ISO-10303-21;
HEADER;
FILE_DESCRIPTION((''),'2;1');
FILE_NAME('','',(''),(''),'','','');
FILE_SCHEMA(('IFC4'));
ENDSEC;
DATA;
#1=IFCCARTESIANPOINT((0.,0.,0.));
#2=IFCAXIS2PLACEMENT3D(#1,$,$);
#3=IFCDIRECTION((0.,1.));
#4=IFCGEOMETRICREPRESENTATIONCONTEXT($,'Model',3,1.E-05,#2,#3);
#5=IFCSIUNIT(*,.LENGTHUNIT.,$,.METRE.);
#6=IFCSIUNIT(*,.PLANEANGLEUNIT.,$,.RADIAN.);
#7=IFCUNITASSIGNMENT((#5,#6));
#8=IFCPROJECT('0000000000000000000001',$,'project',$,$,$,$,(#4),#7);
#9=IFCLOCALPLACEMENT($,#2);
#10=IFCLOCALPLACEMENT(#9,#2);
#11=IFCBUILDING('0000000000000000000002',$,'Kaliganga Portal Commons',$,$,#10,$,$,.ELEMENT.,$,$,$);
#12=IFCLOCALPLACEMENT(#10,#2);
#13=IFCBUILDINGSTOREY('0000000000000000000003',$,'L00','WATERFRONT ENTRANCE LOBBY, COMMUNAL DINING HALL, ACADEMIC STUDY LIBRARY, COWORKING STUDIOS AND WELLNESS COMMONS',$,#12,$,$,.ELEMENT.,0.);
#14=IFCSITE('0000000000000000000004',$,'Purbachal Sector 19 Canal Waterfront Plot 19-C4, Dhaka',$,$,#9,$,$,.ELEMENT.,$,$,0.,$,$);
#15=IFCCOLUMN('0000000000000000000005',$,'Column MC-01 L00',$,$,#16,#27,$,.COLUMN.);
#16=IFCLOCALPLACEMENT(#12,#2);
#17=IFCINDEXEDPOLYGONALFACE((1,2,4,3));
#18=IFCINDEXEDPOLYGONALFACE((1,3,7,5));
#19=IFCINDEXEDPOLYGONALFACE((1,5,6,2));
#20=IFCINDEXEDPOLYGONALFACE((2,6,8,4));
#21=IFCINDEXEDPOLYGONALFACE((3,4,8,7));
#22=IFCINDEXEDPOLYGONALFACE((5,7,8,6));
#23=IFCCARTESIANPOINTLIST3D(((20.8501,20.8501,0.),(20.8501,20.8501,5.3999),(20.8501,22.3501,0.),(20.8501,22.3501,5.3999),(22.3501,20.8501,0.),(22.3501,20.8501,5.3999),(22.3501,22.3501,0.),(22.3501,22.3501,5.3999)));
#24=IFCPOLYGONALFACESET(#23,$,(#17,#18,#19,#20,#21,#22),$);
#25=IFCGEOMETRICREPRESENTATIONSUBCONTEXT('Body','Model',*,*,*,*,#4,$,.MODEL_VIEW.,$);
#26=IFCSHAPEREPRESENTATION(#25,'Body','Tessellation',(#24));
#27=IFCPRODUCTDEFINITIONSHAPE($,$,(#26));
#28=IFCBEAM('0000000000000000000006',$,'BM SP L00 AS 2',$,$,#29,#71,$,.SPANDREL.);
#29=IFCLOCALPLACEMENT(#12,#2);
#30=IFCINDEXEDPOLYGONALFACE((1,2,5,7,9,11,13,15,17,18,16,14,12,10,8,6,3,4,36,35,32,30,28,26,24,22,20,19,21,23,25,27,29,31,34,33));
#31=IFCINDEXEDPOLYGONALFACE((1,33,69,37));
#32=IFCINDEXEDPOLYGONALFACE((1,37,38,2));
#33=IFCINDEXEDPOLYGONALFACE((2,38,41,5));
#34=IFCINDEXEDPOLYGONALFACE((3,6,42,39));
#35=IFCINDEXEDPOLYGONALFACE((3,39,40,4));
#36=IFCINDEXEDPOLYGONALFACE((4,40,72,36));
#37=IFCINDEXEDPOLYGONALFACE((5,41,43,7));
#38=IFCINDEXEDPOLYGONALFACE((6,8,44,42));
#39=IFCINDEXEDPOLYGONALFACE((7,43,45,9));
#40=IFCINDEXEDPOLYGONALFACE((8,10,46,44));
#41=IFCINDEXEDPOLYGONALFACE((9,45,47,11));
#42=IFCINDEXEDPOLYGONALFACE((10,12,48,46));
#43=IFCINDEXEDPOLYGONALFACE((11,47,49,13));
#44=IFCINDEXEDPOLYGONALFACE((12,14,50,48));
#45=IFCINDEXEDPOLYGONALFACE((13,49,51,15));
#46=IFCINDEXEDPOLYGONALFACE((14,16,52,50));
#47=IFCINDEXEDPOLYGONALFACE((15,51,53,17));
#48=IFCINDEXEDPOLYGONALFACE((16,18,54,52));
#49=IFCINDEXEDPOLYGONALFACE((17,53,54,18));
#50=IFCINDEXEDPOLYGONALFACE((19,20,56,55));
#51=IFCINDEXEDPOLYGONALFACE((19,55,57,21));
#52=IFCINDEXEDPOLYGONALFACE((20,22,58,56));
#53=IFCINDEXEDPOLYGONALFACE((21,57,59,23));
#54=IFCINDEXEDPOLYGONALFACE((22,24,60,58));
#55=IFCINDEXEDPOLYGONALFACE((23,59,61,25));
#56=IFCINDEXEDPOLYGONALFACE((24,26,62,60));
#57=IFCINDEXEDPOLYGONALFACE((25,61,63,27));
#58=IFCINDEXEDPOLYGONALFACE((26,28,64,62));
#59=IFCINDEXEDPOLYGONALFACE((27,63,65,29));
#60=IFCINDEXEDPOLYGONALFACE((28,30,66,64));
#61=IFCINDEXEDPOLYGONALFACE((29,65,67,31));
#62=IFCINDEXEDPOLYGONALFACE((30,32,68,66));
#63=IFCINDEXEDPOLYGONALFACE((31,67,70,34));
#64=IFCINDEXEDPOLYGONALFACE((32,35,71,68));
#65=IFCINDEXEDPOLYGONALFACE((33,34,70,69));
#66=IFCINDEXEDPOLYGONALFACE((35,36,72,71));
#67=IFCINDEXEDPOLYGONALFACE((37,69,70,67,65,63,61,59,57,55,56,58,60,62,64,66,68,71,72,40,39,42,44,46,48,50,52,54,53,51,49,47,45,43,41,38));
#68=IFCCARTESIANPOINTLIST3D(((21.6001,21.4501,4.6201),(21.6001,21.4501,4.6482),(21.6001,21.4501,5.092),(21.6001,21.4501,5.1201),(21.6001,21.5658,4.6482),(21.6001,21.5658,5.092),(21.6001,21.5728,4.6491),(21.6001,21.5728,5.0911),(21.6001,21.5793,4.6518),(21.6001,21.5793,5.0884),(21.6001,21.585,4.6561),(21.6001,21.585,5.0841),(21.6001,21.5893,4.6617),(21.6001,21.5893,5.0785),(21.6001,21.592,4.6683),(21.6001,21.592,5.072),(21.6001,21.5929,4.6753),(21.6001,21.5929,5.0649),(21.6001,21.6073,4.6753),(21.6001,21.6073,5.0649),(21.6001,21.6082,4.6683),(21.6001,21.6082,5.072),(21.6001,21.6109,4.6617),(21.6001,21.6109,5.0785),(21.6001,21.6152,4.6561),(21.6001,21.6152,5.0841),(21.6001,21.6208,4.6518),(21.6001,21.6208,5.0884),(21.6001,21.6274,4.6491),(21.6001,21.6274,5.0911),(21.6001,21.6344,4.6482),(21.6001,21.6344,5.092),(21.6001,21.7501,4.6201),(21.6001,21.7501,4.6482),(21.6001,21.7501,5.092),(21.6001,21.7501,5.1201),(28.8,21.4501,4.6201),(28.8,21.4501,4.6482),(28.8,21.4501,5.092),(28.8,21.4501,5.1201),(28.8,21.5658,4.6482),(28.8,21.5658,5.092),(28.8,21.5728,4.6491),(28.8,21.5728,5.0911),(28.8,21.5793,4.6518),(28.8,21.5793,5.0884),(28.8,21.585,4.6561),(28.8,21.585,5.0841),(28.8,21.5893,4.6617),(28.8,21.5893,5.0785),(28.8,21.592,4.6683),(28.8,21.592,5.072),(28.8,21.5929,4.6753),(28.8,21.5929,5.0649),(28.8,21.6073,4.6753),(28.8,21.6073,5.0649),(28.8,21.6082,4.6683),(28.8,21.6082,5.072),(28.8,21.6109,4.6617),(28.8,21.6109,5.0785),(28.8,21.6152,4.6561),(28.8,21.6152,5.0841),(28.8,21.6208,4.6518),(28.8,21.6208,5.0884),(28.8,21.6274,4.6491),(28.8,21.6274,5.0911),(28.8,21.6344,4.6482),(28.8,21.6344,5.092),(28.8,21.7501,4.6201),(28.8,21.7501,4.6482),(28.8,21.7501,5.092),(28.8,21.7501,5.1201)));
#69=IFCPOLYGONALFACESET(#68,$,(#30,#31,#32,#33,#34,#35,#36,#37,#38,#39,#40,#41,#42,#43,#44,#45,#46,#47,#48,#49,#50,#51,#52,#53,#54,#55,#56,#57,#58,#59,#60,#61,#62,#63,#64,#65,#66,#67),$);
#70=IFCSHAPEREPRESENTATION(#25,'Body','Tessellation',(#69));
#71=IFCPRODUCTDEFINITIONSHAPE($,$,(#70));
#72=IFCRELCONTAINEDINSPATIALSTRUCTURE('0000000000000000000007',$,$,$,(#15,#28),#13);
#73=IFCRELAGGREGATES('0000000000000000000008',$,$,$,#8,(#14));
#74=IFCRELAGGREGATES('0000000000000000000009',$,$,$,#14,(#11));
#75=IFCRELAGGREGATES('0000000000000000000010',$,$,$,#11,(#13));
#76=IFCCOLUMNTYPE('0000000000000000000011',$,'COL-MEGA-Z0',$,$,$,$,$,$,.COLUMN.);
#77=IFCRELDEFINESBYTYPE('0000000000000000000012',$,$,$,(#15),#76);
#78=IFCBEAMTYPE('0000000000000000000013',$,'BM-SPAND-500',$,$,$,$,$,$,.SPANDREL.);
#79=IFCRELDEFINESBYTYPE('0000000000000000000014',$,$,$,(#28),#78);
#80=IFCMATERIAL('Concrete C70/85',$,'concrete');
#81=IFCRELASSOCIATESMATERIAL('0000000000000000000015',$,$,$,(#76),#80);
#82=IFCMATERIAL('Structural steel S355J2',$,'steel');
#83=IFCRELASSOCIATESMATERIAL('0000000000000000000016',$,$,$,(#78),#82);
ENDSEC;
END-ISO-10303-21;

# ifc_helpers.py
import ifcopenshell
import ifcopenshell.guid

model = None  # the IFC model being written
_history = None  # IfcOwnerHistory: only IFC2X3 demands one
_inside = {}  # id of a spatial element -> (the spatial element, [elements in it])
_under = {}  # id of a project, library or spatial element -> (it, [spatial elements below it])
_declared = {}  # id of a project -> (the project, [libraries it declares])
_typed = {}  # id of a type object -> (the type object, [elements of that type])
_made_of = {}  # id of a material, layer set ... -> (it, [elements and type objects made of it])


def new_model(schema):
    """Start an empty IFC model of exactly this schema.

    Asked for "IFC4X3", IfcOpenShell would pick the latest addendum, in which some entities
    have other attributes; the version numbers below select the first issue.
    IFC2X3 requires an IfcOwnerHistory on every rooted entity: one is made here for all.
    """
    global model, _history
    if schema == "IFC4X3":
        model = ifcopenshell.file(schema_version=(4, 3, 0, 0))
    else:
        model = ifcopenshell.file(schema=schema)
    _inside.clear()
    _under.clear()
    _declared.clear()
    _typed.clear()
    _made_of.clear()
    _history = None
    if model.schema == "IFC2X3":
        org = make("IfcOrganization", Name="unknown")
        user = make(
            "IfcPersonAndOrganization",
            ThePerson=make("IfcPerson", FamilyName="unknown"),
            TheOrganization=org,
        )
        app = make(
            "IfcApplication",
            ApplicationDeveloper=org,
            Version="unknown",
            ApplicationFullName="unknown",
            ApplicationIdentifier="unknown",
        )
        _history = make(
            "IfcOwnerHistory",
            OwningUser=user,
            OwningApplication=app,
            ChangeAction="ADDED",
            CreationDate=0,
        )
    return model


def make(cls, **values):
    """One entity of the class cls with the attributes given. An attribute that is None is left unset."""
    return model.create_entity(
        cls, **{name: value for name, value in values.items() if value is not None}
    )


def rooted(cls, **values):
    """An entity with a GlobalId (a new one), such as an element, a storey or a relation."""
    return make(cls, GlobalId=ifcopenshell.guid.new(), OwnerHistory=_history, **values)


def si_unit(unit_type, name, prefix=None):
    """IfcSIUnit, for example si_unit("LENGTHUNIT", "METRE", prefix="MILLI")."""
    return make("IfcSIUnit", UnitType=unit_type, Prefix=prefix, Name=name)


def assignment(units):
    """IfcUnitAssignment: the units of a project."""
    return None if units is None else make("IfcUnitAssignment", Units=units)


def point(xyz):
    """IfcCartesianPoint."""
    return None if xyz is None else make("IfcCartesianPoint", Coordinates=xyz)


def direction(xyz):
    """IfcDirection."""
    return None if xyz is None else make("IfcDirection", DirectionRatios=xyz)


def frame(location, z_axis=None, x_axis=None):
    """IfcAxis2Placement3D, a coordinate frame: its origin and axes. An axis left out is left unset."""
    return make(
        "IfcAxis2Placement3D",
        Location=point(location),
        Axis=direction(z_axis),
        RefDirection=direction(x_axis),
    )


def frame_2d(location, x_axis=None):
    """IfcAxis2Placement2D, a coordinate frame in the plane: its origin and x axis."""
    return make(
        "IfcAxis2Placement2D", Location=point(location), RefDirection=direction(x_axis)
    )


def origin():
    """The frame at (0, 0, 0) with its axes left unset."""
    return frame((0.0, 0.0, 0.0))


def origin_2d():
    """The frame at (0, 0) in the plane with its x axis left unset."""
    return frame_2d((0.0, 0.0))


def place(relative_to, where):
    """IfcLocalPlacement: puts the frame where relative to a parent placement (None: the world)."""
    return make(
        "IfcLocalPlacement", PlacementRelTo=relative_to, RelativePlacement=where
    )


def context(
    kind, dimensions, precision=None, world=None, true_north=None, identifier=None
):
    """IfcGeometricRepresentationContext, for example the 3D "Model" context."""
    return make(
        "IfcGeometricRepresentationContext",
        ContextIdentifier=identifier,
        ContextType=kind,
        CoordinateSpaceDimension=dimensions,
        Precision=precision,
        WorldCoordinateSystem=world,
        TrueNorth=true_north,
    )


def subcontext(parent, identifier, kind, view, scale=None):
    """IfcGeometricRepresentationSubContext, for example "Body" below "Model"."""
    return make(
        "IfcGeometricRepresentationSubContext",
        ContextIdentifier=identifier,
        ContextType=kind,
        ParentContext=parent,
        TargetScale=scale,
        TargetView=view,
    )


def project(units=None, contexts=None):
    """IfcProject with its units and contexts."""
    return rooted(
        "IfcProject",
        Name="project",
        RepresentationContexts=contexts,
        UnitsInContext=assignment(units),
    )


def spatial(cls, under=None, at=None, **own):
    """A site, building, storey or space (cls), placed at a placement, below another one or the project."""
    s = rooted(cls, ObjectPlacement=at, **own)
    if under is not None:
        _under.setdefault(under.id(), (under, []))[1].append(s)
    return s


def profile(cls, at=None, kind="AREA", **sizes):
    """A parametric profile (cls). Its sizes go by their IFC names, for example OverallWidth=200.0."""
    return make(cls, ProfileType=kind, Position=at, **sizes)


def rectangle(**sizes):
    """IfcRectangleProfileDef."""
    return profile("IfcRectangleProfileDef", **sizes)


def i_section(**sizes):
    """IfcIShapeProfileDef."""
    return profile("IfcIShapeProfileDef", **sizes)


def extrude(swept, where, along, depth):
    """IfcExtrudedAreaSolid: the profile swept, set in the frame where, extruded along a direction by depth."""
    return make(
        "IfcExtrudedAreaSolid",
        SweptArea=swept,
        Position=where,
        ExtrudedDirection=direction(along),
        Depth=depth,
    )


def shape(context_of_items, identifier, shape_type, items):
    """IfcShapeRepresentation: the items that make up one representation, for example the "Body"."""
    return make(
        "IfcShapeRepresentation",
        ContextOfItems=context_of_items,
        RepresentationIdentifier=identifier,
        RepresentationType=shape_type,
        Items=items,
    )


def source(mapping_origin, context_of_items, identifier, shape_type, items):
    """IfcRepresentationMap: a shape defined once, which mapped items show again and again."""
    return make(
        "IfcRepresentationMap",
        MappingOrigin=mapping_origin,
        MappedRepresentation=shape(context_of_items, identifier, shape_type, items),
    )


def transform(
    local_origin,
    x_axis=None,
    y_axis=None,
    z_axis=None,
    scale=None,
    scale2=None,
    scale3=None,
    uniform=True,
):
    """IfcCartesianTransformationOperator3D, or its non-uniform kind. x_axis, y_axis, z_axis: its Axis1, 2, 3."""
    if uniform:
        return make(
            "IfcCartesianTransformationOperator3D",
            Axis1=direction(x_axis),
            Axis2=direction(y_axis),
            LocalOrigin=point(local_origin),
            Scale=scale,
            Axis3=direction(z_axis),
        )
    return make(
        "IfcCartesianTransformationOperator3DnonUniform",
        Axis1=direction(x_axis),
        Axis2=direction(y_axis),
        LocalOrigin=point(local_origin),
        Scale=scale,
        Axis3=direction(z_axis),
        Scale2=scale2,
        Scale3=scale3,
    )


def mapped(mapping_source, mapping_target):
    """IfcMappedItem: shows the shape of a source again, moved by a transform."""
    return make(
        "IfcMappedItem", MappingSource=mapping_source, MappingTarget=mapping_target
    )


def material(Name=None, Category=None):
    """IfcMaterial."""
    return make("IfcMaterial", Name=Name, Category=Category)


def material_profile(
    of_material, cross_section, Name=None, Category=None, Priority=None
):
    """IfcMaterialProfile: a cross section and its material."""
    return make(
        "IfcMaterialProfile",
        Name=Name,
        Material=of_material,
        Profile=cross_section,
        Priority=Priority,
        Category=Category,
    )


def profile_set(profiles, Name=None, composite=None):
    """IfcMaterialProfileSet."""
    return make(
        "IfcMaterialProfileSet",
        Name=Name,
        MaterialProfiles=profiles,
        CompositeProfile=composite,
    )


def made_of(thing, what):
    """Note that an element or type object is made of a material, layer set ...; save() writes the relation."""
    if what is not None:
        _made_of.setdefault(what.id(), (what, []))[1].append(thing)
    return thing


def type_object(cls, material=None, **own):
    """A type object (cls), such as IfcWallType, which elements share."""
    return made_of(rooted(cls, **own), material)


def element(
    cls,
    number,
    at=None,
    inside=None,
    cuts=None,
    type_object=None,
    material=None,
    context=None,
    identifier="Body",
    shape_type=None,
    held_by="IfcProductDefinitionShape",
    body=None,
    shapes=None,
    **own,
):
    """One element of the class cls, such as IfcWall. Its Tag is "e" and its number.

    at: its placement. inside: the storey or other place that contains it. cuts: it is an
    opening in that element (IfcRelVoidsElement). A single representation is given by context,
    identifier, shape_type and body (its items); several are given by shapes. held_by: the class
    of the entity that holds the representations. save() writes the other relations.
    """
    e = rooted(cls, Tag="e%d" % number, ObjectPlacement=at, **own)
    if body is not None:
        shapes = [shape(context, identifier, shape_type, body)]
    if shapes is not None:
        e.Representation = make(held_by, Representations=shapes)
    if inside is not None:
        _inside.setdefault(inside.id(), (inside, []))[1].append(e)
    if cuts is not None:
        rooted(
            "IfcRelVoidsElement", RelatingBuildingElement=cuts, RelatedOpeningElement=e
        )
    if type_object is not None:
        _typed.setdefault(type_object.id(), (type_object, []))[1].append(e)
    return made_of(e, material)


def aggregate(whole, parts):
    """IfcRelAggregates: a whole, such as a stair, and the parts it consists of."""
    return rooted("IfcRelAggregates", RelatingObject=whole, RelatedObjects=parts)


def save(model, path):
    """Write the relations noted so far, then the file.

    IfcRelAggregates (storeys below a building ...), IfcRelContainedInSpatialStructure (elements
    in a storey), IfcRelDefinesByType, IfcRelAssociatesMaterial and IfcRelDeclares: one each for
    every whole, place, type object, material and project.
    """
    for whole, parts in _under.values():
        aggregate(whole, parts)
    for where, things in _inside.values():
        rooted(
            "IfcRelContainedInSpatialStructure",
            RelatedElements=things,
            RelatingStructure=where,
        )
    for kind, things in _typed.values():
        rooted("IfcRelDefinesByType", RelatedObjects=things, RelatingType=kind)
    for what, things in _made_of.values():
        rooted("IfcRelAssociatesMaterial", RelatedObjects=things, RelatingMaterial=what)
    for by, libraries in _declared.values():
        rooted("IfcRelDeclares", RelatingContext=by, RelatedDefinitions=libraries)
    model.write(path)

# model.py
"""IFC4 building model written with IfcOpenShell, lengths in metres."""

from ifc_helpers import new_model, si_unit, direction, frame, origin, origin_2d, place, context, subcontext, project, spatial, rectangle, i_section, extrude, source, transform, mapped, material, material_profile, profile_set, type_object, element, save


model = new_model("IFC4")

# Units and contexts
model_context = context("Model", 3, precision=1e-05, world=origin(), true_north=direction((0.0, 1.0)))
body_context = subcontext(model_context, "Body", "Model", "MODEL_VIEW")
ifc_project = project(units=[si_unit("LENGTHUNIT", "METRE"), si_unit("PLANEANGLEUNIT", "RADIAN")], contexts=[model_context])

# Site, building, storey
site_placement = place(None, origin())
site = spatial("IfcSite", under=ifc_project, at=site_placement, Name="Purbachal Sector 19 Canal Waterfront Plot 19-C4, Dhaka", CompositionType="ELEMENT", RefElevation=0.0)
building_placement = place(site_placement, origin())
building = spatial("IfcBuilding", under=site, at=building_placement, Name="Kaliganga Portal Commons", CompositionType="ELEMENT")
storey_placement = place(building_placement, origin())
storey = spatial("IfcBuildingStorey", under=building, at=storey_placement, Name="L00", Description="WATERFRONT ENTRANCE LOBBY, COMMUNAL DINING HALL, ACADEMIC STUDY LIBRARY, COWORKING STUDIOS AND WELLNESS COMMONS", CompositionType="ELEMENT", Elevation=0.0)

# Column
ifc_material_1 = material(Name="Concrete C70/85", Category="concrete")
ifc_material_profile_1 = material_profile(ifc_material_1, rectangle(XDim=1.5, YDim=1.5, at=origin_2d()), Name="RC 1500x1500")
ifc_profile_set_1 = profile_set([ifc_material_profile_1], Name="Concrete C70/85")
column_type = type_object("IfcColumnType", Name="COL-MEGA-Z0", PredefinedType="COLUMN", material=ifc_profile_set_1)
shared_shape_1 = source(origin(), body_context, "Body", "SweptSolid", [
    extrude(rectangle(XDim=1.5, YDim=1.5, at=origin_2d()), origin(), (0.0, 0.0, 1.0), 5.3999),
])
column_placement = place(storey_placement, frame((21.6001, 21.6001, 0.0), z_axis=(0.0, 0.0, 1.0), x_axis=(1.0, 0.0, 0.0)))
element("IfcColumn", 1, at=column_placement, inside=storey, type_object=column_type, Name="Column MC-01 L00", PredefinedType="COLUMN", context=body_context, shape_type="MappedRepresentation", body=[
    mapped(shared_shape_1, transform((0.0, 0.0, 0.0), x_axis=(1.0, 0.0, 0.0), y_axis=(0.0, 1.0, 0.0), z_axis=(0.0, 0.0, 1.0), scale=1.0)),
])

# Beam
ifc_material_2 = material(Name="Structural steel S355J2", Category="steel")
ifc_material_profile_2 = material_profile(ifc_material_2, i_section(OverallWidth=0.3, OverallDepth=0.5, WebThickness=0.0144, FlangeThickness=0.0281, FilletRadius=0.0271, at=origin_2d()), Name="HE 500 B")
ifc_profile_set_2 = profile_set([ifc_material_profile_2], Name="Structural steel S355J2 wide-flange")
beam_type = type_object("IfcBeamType", Name="BM-SPAND-500", PredefinedType="SPANDREL", material=ifc_profile_set_2)
shared_shape_2 = source(origin(), body_context, "Body", "SweptSolid", [
    extrude(i_section(OverallWidth=0.3, OverallDepth=0.5, WebThickness=0.0144, FlangeThickness=0.0281, FilletRadius=0.0271, at=origin_2d()), origin(), (0.0, 0.0, 1.0), 7.2),
])
beam_placement = place(storey_placement, frame((21.6001, 21.6001, 4.8701), z_axis=(1.0, 0.0, 0.0), x_axis=(0.0, 1.0, 0.0)))
element("IfcBeam", 2, at=beam_placement, inside=storey, type_object=beam_type, Name="BM SP L00 AS 2", PredefinedType="SPANDREL", context=body_context, shape_type="MappedRepresentation", body=[
    mapped(shared_shape_2, transform((0.0, 0.0, 0.0), x_axis=(1.0, 0.0, 0.0), y_axis=(0.0, 1.0, 0.0), z_axis=(0.0, 0.0, 1.0), scale=1.0)),
])

save(model, "model.ifc")
